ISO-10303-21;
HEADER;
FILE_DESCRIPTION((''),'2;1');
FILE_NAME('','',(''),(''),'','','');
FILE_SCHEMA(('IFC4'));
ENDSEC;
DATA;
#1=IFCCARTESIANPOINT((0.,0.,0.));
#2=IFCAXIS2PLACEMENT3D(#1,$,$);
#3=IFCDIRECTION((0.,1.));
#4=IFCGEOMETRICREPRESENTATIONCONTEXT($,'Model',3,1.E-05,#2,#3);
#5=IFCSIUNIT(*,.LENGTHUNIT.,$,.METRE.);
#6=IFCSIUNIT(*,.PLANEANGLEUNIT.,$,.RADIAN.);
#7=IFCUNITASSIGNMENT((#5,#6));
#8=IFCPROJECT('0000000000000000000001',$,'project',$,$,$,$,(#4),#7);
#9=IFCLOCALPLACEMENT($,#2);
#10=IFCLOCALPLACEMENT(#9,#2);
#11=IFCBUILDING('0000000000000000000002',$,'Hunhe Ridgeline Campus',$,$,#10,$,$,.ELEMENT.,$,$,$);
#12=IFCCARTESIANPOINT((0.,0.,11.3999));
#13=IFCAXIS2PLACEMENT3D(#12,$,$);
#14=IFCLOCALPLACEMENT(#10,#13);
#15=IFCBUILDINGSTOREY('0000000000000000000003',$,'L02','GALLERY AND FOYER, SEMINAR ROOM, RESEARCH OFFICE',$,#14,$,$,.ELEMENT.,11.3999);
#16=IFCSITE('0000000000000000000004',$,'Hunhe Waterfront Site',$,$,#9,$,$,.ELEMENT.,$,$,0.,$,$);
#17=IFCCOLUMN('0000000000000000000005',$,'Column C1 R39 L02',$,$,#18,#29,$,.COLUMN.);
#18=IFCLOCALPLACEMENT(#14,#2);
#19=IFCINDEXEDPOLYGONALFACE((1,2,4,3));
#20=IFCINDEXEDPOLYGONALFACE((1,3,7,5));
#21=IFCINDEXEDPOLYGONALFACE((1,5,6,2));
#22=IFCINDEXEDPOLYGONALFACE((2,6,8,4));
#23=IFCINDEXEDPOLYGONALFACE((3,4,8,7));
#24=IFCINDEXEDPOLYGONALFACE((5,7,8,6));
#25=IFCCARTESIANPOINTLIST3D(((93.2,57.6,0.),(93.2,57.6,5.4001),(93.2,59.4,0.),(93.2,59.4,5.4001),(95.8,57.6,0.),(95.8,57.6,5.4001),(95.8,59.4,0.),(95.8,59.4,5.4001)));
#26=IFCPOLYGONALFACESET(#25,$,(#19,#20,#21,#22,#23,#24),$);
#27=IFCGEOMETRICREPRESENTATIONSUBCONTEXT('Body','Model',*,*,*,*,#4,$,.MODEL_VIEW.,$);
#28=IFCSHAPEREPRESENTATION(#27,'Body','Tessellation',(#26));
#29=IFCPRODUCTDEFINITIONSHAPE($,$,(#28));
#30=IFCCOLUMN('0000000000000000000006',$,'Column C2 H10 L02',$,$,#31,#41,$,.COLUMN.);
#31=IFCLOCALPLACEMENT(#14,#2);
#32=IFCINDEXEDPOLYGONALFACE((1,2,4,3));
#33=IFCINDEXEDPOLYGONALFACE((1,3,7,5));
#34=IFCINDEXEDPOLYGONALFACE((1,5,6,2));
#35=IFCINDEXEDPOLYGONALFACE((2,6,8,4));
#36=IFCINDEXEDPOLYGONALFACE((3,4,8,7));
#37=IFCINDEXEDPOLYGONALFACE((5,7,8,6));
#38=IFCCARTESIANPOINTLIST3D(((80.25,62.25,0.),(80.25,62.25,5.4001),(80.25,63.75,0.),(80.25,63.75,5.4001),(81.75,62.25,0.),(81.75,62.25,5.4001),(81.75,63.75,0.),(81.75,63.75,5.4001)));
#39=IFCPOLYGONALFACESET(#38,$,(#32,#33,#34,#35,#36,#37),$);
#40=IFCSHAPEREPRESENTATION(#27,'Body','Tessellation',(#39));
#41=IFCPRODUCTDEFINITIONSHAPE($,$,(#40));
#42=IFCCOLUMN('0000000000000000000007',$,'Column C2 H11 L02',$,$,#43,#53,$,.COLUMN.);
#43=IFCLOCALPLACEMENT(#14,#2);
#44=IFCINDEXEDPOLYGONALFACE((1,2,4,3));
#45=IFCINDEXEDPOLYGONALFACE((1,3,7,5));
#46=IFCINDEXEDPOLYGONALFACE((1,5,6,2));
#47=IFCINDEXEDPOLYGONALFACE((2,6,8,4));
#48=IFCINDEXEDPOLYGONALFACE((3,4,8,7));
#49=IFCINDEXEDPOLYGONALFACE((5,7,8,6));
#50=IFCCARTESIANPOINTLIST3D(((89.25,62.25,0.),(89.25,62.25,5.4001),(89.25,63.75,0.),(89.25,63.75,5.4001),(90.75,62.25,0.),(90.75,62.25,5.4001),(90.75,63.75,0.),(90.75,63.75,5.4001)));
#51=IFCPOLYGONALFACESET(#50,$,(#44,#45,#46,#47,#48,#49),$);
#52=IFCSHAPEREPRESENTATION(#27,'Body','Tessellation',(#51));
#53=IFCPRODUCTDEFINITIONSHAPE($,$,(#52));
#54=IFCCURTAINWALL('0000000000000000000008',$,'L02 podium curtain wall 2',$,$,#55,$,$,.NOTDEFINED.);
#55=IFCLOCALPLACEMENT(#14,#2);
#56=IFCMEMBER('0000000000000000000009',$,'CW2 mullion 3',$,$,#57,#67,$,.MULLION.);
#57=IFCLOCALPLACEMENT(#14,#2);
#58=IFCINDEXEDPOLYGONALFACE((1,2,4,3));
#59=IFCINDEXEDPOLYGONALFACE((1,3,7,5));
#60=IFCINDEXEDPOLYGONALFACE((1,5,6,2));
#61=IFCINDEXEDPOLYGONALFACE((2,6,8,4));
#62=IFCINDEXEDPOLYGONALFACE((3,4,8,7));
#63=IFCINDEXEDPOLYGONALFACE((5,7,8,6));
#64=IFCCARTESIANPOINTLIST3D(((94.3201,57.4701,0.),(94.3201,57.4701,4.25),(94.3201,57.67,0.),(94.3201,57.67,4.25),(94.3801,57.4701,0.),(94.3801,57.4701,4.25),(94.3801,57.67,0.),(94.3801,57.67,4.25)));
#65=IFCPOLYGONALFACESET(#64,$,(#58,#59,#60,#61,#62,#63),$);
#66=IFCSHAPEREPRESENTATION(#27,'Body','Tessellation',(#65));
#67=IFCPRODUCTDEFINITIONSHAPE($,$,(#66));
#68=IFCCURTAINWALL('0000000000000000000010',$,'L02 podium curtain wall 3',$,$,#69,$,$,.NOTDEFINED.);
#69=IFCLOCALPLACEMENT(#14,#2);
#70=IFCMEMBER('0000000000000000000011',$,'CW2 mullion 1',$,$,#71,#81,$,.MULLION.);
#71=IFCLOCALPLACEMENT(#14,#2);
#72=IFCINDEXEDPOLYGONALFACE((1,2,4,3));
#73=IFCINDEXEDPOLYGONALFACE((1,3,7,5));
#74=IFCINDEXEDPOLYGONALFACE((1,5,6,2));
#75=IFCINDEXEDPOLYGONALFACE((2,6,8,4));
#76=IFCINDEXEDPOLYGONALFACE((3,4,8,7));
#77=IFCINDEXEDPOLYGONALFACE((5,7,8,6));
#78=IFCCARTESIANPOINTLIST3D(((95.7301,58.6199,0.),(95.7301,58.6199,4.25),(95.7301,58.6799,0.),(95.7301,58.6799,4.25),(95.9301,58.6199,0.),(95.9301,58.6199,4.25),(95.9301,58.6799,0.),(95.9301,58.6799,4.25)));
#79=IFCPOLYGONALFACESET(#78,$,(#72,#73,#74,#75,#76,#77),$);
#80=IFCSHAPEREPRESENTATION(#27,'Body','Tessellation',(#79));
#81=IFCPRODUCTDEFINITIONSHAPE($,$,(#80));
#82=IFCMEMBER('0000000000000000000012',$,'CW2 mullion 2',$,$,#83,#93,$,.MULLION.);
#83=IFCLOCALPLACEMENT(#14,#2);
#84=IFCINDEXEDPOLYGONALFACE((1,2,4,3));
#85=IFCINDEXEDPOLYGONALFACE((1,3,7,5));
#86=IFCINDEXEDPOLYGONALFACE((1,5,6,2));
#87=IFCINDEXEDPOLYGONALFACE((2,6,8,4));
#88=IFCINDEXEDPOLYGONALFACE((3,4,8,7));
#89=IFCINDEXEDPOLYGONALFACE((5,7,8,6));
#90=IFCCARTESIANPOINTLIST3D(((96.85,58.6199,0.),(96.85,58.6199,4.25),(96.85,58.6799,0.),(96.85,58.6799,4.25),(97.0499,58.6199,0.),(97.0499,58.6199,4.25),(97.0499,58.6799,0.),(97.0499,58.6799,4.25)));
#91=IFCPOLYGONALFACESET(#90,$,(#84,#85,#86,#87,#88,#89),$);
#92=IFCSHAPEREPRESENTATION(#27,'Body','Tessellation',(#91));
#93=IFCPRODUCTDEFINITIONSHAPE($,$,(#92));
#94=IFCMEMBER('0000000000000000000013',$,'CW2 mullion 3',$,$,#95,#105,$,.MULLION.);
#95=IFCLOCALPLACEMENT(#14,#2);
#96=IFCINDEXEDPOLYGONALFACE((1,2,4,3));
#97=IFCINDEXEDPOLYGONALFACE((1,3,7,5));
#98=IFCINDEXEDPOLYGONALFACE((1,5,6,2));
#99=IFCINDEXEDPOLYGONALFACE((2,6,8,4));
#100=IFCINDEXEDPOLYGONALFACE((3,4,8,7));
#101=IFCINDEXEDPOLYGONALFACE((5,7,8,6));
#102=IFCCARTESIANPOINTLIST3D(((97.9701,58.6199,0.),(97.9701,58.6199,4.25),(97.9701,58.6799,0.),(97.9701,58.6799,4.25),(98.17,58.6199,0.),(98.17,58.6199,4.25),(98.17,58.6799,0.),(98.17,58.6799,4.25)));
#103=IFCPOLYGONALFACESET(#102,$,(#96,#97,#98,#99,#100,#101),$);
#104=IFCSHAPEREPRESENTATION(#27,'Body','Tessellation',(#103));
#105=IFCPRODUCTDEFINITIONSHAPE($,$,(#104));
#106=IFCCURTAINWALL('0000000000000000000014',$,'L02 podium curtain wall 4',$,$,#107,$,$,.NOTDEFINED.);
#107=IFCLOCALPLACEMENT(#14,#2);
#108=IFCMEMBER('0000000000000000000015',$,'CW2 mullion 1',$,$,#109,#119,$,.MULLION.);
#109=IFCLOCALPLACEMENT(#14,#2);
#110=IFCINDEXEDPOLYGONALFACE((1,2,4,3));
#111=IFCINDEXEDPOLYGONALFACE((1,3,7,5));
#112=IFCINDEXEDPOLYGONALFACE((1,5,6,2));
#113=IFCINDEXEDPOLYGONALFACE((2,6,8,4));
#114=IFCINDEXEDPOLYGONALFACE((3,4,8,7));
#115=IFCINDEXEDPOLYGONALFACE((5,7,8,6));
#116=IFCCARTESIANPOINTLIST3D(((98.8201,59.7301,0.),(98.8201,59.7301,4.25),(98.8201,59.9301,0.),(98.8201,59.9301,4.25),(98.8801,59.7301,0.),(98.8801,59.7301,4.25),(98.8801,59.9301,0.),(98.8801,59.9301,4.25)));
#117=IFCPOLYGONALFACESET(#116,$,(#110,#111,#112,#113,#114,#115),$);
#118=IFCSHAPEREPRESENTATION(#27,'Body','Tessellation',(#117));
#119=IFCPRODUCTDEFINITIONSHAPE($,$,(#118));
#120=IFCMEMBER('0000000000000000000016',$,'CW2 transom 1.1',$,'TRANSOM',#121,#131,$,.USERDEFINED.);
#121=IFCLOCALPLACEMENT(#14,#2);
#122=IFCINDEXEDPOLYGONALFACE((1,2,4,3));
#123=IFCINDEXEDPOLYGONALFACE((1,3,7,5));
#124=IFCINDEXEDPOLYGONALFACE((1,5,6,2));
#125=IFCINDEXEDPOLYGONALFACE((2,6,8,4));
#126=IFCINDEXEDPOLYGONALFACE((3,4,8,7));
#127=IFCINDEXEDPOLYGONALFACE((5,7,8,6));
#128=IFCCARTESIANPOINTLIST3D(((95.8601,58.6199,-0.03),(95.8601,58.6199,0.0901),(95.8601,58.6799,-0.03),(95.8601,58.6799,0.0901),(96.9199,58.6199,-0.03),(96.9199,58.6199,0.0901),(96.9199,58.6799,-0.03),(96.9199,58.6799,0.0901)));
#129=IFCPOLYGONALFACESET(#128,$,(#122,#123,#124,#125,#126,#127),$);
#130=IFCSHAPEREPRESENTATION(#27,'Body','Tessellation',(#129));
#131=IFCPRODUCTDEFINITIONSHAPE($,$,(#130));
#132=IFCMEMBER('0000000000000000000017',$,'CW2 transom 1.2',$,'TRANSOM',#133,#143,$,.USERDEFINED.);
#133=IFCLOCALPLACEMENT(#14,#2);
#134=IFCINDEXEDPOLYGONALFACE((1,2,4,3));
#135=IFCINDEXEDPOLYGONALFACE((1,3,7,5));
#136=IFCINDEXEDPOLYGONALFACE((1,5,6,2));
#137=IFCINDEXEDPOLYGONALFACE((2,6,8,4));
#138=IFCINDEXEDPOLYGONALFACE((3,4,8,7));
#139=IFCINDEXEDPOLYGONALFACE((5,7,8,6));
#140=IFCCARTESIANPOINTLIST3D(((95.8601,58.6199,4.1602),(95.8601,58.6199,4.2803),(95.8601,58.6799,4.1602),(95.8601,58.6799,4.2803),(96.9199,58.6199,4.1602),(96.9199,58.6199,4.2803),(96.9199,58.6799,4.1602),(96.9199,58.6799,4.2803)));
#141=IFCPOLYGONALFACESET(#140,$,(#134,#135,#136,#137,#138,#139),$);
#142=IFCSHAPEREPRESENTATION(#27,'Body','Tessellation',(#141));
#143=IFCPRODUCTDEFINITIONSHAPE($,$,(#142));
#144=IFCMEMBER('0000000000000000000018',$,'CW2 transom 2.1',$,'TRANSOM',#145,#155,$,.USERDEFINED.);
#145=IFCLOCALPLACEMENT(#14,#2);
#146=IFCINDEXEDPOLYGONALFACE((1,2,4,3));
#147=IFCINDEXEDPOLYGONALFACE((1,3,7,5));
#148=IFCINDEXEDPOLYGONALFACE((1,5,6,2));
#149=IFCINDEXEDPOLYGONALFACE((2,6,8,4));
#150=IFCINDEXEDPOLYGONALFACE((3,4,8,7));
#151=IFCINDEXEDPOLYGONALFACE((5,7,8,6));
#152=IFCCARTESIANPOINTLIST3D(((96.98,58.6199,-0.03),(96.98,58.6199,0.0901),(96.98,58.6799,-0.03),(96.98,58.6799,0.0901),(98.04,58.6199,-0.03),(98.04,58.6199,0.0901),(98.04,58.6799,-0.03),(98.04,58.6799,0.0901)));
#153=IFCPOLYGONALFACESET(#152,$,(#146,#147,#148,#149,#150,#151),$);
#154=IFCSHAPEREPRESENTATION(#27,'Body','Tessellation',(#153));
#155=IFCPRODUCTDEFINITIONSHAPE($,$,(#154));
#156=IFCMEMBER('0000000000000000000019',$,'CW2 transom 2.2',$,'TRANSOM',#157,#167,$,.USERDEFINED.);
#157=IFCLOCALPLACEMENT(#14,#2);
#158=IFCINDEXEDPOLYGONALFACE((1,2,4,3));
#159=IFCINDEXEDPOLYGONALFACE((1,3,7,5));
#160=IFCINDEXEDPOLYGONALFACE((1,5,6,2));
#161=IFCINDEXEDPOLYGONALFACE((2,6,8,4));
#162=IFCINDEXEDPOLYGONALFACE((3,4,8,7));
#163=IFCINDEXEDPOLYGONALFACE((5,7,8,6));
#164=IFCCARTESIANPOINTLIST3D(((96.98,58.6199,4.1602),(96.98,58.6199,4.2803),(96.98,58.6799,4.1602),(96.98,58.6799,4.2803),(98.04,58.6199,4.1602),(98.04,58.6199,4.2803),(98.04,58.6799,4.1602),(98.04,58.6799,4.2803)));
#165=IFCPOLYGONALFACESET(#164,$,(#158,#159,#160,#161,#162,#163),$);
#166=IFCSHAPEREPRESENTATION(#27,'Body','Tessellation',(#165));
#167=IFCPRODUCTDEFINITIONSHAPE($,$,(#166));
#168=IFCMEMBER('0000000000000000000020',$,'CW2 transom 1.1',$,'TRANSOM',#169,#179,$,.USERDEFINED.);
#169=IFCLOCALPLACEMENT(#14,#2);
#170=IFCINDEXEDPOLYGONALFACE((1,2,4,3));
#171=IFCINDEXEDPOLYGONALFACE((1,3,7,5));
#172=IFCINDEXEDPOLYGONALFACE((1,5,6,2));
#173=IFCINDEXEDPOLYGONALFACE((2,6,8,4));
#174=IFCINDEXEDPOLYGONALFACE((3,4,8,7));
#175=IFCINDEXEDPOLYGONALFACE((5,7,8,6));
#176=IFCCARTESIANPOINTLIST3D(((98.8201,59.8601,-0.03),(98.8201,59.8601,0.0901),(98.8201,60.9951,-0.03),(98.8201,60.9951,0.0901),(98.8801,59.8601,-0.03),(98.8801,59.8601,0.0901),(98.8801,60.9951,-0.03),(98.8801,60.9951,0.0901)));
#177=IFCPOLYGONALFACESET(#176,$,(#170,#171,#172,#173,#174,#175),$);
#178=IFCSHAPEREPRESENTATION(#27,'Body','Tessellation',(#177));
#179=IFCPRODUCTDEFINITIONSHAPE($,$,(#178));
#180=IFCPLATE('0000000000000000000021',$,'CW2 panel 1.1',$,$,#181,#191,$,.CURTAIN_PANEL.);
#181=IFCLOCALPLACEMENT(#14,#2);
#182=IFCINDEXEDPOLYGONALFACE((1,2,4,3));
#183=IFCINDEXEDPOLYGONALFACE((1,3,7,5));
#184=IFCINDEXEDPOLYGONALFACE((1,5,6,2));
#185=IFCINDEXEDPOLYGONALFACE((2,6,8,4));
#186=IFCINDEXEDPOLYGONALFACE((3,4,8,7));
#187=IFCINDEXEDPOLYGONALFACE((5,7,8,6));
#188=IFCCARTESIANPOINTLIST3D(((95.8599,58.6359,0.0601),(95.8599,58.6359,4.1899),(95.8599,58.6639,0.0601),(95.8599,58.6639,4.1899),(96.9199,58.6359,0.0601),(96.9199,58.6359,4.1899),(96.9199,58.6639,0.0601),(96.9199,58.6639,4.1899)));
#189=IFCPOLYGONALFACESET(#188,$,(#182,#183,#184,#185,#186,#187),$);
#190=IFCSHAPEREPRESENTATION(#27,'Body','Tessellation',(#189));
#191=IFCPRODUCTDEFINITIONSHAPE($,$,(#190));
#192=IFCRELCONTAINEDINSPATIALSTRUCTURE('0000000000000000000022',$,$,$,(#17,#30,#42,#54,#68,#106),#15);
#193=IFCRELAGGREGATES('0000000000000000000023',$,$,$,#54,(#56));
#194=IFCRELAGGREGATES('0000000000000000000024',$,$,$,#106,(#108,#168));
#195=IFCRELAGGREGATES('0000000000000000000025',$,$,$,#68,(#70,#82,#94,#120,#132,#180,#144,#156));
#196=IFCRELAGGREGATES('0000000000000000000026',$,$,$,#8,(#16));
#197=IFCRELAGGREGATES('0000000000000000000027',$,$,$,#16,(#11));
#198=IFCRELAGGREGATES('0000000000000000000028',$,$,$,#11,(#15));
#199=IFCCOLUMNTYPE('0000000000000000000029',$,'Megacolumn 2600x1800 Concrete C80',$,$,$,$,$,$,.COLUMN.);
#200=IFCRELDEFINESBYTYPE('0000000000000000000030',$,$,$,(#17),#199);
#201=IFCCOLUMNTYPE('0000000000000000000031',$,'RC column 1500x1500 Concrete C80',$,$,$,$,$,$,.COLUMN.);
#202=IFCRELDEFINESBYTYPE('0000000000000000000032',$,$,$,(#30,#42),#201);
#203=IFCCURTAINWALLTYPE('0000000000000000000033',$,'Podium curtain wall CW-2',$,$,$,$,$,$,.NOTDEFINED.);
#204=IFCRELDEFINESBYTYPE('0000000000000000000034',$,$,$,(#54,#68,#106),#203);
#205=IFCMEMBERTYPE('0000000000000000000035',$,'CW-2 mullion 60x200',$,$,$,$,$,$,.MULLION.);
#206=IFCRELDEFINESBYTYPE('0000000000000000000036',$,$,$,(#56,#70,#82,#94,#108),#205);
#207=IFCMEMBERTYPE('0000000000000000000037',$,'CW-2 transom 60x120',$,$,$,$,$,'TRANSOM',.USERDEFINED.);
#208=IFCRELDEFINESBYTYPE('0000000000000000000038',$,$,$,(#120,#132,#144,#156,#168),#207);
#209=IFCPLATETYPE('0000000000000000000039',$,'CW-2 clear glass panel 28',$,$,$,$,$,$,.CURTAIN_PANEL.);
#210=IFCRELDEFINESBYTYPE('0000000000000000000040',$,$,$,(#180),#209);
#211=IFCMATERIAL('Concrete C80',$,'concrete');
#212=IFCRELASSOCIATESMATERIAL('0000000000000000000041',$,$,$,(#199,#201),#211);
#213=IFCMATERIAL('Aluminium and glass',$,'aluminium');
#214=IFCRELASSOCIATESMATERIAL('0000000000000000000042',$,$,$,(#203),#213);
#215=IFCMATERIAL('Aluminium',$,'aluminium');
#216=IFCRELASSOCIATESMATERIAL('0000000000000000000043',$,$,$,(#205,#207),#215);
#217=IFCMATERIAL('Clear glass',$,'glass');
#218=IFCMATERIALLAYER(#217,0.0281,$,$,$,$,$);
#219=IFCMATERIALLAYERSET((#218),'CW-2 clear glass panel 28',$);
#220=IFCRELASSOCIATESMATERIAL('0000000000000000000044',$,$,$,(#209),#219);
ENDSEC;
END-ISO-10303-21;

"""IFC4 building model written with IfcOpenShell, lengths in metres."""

from ifc_helpers import new_model, si_unit, direction, frame, origin, origin_2d, place, context, subcontext, project, spatial, rectangle, extrude, material, layer, layer_set, material_profile, profile_set, type_object, element, aggregate, save


model = new_model("IFC4")

# Units and contexts
model_context = context("Model", 3, precision=1e-05, world=origin(), true_north=direction((0.0, 1.0)))
body_context = subcontext(model_context, "Body", "Model", "MODEL_VIEW")
ifc_project = project(units=[si_unit("LENGTHUNIT", "METRE"), si_unit("PLANEANGLEUNIT", "RADIAN")], contexts=[model_context])

# Site, building, storey
site_placement = place(None, origin())
site = spatial("IfcSite", under=ifc_project, at=site_placement, Name="Hunhe Waterfront Site", CompositionType="ELEMENT", RefElevation=0.0)
building_placement = place(site_placement, origin())
building = spatial("IfcBuilding", under=site, at=building_placement, Name="Hunhe Ridgeline Campus", CompositionType="ELEMENT")
storey_placement = place(building_placement, frame((0.0, 0.0, 11.3999)))
storey = spatial("IfcBuildingStorey", under=building, at=storey_placement, Name="L02", Description="GALLERY AND FOYER, SEMINAR ROOM, RESEARCH OFFICE", CompositionType="ELEMENT", Elevation=11.3999)

# Columns
ifc_material_1 = material(Name="Concrete C80", Category="concrete")
ifc_material_profile_1 = material_profile(ifc_material_1, rectangle(XDim=2.6001, YDim=1.8, at=origin_2d()))
ifc_profile_set_1 = profile_set([ifc_material_profile_1], Name="Concrete C80")
column_type_1 = type_object("IfcColumnType", Name="Megacolumn 2600x1800 Concrete C80", PredefinedType="COLUMN", material=ifc_profile_set_1)
column_placement = place(storey_placement, frame((94.5, 58.5, 0.0), z_axis=(0.0, 0.0, 1.0), x_axis=(1.0, 0.0, 0.0)))
element("IfcColumn", 1, at=column_placement, inside=storey, type_object=column_type_1, Name="Column C1 R39 L02", PredefinedType="COLUMN", context=body_context, shape_type="SweptSolid", body=[
    extrude(rectangle(XDim=2.6001, YDim=1.8, at=origin_2d()), origin(), (0.0, 0.0, 1.0), 5.4001),
])
ifc_material_profile_2 = material_profile(ifc_material_1, rectangle(XDim=1.5, YDim=1.5, at=origin_2d()))
ifc_profile_set_2 = profile_set([ifc_material_profile_2], Name="Concrete C80")
column_type_2 = type_object("IfcColumnType", Name="RC column 1500x1500 Concrete C80", PredefinedType="COLUMN", material=ifc_profile_set_2)
for number, where, z_axis, x_axis, name in (
    (2, (81.0, 63.0, 0.0), (0.0, 0.0, 1.0), (1.0, 0.0, 0.0), "Column C2 H10 L02"),
    (3, (90.0, 63.0, 0.0), (0.0, 0.0, 1.0), (1.0, 0.0, 0.0), "Column C2 H11 L02"),
):
    element("IfcColumn", number, at=place(storey_placement, frame(where, z_axis=z_axis, x_axis=x_axis)), inside=storey, type_object=column_type_2, Name=name, PredefinedType="COLUMN", context=body_context, shape_type="SweptSolid", body=[
        extrude(rectangle(XDim=1.5, YDim=1.5, at=origin_2d()), origin(), (0.0, 0.0, 1.0), 5.4001),
    ])

# Curtain wall, member
ifc_material_2 = material(Name="Aluminium and glass", Category="aluminium")
curtain_wall_type = type_object("IfcCurtainWallType", Name="Podium curtain wall CW-2", PredefinedType="NOTDEFINED", material=ifc_material_2)
curtain_wall_1_placement = place(storey_placement, origin())
curtain_wall_1 = element("IfcCurtainWall", 4, at=curtain_wall_1_placement, inside=storey, type_object=curtain_wall_type, Name="L02 podium curtain wall 2", PredefinedType="NOTDEFINED")
ifc_material_3 = material(Name="Aluminium", Category="aluminium")
ifc_material_profile_3 = material_profile(ifc_material_3, rectangle(XDim=0.0601, YDim=0.2, at=origin_2d()))
ifc_profile_set_3 = profile_set([ifc_material_profile_3], Name="Aluminium")
member_type_1 = type_object("IfcMemberType", Name="CW-2 mullion 60x200", PredefinedType="MULLION", material=ifc_profile_set_3)
member_1_placement = place(storey_placement, frame((94.3501, 57.5701, 0.0), z_axis=(0.0, 0.0, 1.0), x_axis=(-1.0, 0.0, 0.0)))
member_1 = element("IfcMember", 5, at=member_1_placement, type_object=member_type_1, Name="CW2 mullion 3", PredefinedType="MULLION", context=body_context, shape_type="SweptSolid", body=[
    extrude(rectangle(XDim=0.0601, YDim=0.2, at=origin_2d()), origin(), (0.0, 0.0, 1.0), 4.25),
])
aggregate(curtain_wall_1, [member_1])

# Curtain wall, members
curtain_wall_2_placement = place(storey_placement, origin())
curtain_wall_2 = element("IfcCurtainWall", 6, at=curtain_wall_2_placement, inside=storey, type_object=curtain_wall_type, Name="L02 podium curtain wall 3", PredefinedType="NOTDEFINED")
member_2_placement = place(storey_placement, frame((95.8301, 58.6499, 0.0), z_axis=(0.0, 0.0, 1.0), x_axis=(0.0, 1.0, 0.0)))
member_2 = element("IfcMember", 7, at=member_2_placement, type_object=member_type_1, Name="CW2 mullion 1", PredefinedType="MULLION", context=body_context, shape_type="SweptSolid", body=[
    extrude(rectangle(XDim=0.0601, YDim=0.2, at=origin_2d()), origin(), (0.0, 0.0, 1.0), 4.25),
])
member_3_placement = place(storey_placement, frame((96.95, 58.6499, 0.0), z_axis=(0.0, 0.0, 1.0), x_axis=(0.0, 1.0, 0.0)))
member_3 = element("IfcMember", 8, at=member_3_placement, type_object=member_type_1, Name="CW2 mullion 2", PredefinedType="MULLION", context=body_context, shape_type="SweptSolid", body=[
    extrude(rectangle(XDim=0.0601, YDim=0.2, at=origin_2d()), origin(), (0.0, 0.0, 1.0), 4.25),
])
member_4_placement = place(storey_placement, frame((98.0701, 58.6499, 0.0), z_axis=(0.0, 0.0, 1.0), x_axis=(0.0, 1.0, 0.0)))
member_4 = element("IfcMember", 9, at=member_4_placement, type_object=member_type_1, Name="CW2 mullion 3", PredefinedType="MULLION", context=body_context, shape_type="SweptSolid", body=[
    extrude(rectangle(XDim=0.0601, YDim=0.2, at=origin_2d()), origin(), (0.0, 0.0, 1.0), 4.25),
])

# Curtain wall, member
curtain_wall_3_placement = place(storey_placement, origin())
curtain_wall_3 = element("IfcCurtainWall", 10, at=curtain_wall_3_placement, inside=storey, type_object=curtain_wall_type, Name="L02 podium curtain wall 4", PredefinedType="NOTDEFINED")
member_5_placement = place(storey_placement, frame((98.8501, 59.8301, 0.0), z_axis=(0.0, 0.0, 1.0), x_axis=(-1.0, 0.0, 0.0)))
member_5 = element("IfcMember", 11, at=member_5_placement, type_object=member_type_1, Name="CW2 mullion 1", PredefinedType="MULLION", context=body_context, shape_type="SweptSolid", body=[
    extrude(rectangle(XDim=0.0601, YDim=0.2, at=origin_2d()), origin(), (0.0, 0.0, 1.0), 4.25),
])

# Members
ifc_material_profile_4 = material_profile(ifc_material_3, rectangle(XDim=0.0601, YDim=0.1201, at=origin_2d()))
ifc_profile_set_4 = profile_set([ifc_material_profile_4], Name="Aluminium")
member_type_2 = type_object("IfcMemberType", Name="CW-2 transom 60x120", ElementType="TRANSOM", PredefinedType="USERDEFINED", material=ifc_profile_set_4)
member_6_placement = place(storey_placement, frame((95.8601, 58.6499, 0.03), z_axis=(1.0, 0.0, 0.0), x_axis=(0.0, 1.0, 0.0)))
member_6 = element("IfcMember", 12, at=member_6_placement, type_object=member_type_2, Name="CW2 transom 1.1", ObjectType="TRANSOM", PredefinedType="USERDEFINED", context=body_context, shape_type="SweptSolid", body=[
    extrude(rectangle(XDim=0.0601, YDim=0.1201, at=origin_2d()), origin(), (0.0, 0.0, 1.0), 1.0598),
])
member_7_placement = place(storey_placement, frame((95.8601, 58.6499, 4.2202), z_axis=(1.0, 0.0, 0.0), x_axis=(0.0, 1.0, 0.0)))
member_7 = element("IfcMember", 13, at=member_7_placement, type_object=member_type_2, Name="CW2 transom 1.2", ObjectType="TRANSOM", PredefinedType="USERDEFINED", context=body_context, shape_type="SweptSolid", body=[
    extrude(rectangle(XDim=0.0601, YDim=0.1201, at=origin_2d()), origin(), (0.0, 0.0, 1.0), 1.0598),
])
member_8_placement = place(storey_placement, frame((96.98, 58.6499, 0.03), z_axis=(1.0, 0.0, 0.0), x_axis=(0.0, 1.0, 0.0)))
member_8 = element("IfcMember", 14, at=member_8_placement, type_object=member_type_2, Name="CW2 transom 2.1", ObjectType="TRANSOM", PredefinedType="USERDEFINED", context=body_context, shape_type="SweptSolid", body=[
    extrude(rectangle(XDim=0.0601, YDim=0.1201, at=origin_2d()), origin(), (0.0, 0.0, 1.0), 1.0601),
])
member_9_placement = place(storey_placement, frame((96.98, 58.6499, 4.2202), z_axis=(1.0, 0.0, 0.0), x_axis=(0.0, 1.0, 0.0)))
member_9 = element("IfcMember", 15, at=member_9_placement, type_object=member_type_2, Name="CW2 transom 2.2", ObjectType="TRANSOM", PredefinedType="USERDEFINED", context=body_context, shape_type="SweptSolid", body=[
    extrude(rectangle(XDim=0.0601, YDim=0.1201, at=origin_2d()), origin(), (0.0, 0.0, 1.0), 1.0601),
])
member_10_placement = place(storey_placement, frame((98.8501, 59.8601, 0.03), z_axis=(0.0, 1.0, 0.0), x_axis=(-1.0, 0.0, 0.0)))
member_10 = element("IfcMember", 16, at=member_10_placement, type_object=member_type_2, Name="CW2 transom 1.1", ObjectType="TRANSOM", PredefinedType="USERDEFINED", context=body_context, shape_type="SweptSolid", body=[
    extrude(rectangle(XDim=0.0601, YDim=0.1201, at=origin_2d()), origin(), (0.0, 0.0, 1.0), 1.135),
])
aggregate(curtain_wall_3, [member_5, member_10])

# Plate
ifc_material_4 = material(Name="Clear glass", Category="glass")
ifc_layer_1 = layer(ifc_material_4, 0.0281)
ifc_layer_set_1 = layer_set([ifc_layer_1], Name="CW-2 clear glass panel 28")
plate_type = type_object("IfcPlateType", Name="CW-2 clear glass panel 28", PredefinedType="CURTAIN_PANEL", material=ifc_layer_set_1)
plate_1_placement = place(storey_placement, frame((96.3899, 58.6499, 0.0601), z_axis=(0.0, 0.0, 1.0), x_axis=(1.0, 0.0, 0.0)))
plate_1 = element("IfcPlate", 17, at=plate_1_placement, type_object=plate_type, Name="CW2 panel 1.1", PredefinedType="CURTAIN_PANEL", context=body_context, shape_type="SweptSolid", body=[
    extrude(rectangle(XDim=1.0601, YDim=0.0281, at=origin_2d()), origin(), (0.0, 0.0, 1.0), 4.1299),
])
aggregate(curtain_wall_2, [member_2, member_3, member_4, member_6, member_7, plate_1, member_8, member_9])

save(model, "model.ifc")
